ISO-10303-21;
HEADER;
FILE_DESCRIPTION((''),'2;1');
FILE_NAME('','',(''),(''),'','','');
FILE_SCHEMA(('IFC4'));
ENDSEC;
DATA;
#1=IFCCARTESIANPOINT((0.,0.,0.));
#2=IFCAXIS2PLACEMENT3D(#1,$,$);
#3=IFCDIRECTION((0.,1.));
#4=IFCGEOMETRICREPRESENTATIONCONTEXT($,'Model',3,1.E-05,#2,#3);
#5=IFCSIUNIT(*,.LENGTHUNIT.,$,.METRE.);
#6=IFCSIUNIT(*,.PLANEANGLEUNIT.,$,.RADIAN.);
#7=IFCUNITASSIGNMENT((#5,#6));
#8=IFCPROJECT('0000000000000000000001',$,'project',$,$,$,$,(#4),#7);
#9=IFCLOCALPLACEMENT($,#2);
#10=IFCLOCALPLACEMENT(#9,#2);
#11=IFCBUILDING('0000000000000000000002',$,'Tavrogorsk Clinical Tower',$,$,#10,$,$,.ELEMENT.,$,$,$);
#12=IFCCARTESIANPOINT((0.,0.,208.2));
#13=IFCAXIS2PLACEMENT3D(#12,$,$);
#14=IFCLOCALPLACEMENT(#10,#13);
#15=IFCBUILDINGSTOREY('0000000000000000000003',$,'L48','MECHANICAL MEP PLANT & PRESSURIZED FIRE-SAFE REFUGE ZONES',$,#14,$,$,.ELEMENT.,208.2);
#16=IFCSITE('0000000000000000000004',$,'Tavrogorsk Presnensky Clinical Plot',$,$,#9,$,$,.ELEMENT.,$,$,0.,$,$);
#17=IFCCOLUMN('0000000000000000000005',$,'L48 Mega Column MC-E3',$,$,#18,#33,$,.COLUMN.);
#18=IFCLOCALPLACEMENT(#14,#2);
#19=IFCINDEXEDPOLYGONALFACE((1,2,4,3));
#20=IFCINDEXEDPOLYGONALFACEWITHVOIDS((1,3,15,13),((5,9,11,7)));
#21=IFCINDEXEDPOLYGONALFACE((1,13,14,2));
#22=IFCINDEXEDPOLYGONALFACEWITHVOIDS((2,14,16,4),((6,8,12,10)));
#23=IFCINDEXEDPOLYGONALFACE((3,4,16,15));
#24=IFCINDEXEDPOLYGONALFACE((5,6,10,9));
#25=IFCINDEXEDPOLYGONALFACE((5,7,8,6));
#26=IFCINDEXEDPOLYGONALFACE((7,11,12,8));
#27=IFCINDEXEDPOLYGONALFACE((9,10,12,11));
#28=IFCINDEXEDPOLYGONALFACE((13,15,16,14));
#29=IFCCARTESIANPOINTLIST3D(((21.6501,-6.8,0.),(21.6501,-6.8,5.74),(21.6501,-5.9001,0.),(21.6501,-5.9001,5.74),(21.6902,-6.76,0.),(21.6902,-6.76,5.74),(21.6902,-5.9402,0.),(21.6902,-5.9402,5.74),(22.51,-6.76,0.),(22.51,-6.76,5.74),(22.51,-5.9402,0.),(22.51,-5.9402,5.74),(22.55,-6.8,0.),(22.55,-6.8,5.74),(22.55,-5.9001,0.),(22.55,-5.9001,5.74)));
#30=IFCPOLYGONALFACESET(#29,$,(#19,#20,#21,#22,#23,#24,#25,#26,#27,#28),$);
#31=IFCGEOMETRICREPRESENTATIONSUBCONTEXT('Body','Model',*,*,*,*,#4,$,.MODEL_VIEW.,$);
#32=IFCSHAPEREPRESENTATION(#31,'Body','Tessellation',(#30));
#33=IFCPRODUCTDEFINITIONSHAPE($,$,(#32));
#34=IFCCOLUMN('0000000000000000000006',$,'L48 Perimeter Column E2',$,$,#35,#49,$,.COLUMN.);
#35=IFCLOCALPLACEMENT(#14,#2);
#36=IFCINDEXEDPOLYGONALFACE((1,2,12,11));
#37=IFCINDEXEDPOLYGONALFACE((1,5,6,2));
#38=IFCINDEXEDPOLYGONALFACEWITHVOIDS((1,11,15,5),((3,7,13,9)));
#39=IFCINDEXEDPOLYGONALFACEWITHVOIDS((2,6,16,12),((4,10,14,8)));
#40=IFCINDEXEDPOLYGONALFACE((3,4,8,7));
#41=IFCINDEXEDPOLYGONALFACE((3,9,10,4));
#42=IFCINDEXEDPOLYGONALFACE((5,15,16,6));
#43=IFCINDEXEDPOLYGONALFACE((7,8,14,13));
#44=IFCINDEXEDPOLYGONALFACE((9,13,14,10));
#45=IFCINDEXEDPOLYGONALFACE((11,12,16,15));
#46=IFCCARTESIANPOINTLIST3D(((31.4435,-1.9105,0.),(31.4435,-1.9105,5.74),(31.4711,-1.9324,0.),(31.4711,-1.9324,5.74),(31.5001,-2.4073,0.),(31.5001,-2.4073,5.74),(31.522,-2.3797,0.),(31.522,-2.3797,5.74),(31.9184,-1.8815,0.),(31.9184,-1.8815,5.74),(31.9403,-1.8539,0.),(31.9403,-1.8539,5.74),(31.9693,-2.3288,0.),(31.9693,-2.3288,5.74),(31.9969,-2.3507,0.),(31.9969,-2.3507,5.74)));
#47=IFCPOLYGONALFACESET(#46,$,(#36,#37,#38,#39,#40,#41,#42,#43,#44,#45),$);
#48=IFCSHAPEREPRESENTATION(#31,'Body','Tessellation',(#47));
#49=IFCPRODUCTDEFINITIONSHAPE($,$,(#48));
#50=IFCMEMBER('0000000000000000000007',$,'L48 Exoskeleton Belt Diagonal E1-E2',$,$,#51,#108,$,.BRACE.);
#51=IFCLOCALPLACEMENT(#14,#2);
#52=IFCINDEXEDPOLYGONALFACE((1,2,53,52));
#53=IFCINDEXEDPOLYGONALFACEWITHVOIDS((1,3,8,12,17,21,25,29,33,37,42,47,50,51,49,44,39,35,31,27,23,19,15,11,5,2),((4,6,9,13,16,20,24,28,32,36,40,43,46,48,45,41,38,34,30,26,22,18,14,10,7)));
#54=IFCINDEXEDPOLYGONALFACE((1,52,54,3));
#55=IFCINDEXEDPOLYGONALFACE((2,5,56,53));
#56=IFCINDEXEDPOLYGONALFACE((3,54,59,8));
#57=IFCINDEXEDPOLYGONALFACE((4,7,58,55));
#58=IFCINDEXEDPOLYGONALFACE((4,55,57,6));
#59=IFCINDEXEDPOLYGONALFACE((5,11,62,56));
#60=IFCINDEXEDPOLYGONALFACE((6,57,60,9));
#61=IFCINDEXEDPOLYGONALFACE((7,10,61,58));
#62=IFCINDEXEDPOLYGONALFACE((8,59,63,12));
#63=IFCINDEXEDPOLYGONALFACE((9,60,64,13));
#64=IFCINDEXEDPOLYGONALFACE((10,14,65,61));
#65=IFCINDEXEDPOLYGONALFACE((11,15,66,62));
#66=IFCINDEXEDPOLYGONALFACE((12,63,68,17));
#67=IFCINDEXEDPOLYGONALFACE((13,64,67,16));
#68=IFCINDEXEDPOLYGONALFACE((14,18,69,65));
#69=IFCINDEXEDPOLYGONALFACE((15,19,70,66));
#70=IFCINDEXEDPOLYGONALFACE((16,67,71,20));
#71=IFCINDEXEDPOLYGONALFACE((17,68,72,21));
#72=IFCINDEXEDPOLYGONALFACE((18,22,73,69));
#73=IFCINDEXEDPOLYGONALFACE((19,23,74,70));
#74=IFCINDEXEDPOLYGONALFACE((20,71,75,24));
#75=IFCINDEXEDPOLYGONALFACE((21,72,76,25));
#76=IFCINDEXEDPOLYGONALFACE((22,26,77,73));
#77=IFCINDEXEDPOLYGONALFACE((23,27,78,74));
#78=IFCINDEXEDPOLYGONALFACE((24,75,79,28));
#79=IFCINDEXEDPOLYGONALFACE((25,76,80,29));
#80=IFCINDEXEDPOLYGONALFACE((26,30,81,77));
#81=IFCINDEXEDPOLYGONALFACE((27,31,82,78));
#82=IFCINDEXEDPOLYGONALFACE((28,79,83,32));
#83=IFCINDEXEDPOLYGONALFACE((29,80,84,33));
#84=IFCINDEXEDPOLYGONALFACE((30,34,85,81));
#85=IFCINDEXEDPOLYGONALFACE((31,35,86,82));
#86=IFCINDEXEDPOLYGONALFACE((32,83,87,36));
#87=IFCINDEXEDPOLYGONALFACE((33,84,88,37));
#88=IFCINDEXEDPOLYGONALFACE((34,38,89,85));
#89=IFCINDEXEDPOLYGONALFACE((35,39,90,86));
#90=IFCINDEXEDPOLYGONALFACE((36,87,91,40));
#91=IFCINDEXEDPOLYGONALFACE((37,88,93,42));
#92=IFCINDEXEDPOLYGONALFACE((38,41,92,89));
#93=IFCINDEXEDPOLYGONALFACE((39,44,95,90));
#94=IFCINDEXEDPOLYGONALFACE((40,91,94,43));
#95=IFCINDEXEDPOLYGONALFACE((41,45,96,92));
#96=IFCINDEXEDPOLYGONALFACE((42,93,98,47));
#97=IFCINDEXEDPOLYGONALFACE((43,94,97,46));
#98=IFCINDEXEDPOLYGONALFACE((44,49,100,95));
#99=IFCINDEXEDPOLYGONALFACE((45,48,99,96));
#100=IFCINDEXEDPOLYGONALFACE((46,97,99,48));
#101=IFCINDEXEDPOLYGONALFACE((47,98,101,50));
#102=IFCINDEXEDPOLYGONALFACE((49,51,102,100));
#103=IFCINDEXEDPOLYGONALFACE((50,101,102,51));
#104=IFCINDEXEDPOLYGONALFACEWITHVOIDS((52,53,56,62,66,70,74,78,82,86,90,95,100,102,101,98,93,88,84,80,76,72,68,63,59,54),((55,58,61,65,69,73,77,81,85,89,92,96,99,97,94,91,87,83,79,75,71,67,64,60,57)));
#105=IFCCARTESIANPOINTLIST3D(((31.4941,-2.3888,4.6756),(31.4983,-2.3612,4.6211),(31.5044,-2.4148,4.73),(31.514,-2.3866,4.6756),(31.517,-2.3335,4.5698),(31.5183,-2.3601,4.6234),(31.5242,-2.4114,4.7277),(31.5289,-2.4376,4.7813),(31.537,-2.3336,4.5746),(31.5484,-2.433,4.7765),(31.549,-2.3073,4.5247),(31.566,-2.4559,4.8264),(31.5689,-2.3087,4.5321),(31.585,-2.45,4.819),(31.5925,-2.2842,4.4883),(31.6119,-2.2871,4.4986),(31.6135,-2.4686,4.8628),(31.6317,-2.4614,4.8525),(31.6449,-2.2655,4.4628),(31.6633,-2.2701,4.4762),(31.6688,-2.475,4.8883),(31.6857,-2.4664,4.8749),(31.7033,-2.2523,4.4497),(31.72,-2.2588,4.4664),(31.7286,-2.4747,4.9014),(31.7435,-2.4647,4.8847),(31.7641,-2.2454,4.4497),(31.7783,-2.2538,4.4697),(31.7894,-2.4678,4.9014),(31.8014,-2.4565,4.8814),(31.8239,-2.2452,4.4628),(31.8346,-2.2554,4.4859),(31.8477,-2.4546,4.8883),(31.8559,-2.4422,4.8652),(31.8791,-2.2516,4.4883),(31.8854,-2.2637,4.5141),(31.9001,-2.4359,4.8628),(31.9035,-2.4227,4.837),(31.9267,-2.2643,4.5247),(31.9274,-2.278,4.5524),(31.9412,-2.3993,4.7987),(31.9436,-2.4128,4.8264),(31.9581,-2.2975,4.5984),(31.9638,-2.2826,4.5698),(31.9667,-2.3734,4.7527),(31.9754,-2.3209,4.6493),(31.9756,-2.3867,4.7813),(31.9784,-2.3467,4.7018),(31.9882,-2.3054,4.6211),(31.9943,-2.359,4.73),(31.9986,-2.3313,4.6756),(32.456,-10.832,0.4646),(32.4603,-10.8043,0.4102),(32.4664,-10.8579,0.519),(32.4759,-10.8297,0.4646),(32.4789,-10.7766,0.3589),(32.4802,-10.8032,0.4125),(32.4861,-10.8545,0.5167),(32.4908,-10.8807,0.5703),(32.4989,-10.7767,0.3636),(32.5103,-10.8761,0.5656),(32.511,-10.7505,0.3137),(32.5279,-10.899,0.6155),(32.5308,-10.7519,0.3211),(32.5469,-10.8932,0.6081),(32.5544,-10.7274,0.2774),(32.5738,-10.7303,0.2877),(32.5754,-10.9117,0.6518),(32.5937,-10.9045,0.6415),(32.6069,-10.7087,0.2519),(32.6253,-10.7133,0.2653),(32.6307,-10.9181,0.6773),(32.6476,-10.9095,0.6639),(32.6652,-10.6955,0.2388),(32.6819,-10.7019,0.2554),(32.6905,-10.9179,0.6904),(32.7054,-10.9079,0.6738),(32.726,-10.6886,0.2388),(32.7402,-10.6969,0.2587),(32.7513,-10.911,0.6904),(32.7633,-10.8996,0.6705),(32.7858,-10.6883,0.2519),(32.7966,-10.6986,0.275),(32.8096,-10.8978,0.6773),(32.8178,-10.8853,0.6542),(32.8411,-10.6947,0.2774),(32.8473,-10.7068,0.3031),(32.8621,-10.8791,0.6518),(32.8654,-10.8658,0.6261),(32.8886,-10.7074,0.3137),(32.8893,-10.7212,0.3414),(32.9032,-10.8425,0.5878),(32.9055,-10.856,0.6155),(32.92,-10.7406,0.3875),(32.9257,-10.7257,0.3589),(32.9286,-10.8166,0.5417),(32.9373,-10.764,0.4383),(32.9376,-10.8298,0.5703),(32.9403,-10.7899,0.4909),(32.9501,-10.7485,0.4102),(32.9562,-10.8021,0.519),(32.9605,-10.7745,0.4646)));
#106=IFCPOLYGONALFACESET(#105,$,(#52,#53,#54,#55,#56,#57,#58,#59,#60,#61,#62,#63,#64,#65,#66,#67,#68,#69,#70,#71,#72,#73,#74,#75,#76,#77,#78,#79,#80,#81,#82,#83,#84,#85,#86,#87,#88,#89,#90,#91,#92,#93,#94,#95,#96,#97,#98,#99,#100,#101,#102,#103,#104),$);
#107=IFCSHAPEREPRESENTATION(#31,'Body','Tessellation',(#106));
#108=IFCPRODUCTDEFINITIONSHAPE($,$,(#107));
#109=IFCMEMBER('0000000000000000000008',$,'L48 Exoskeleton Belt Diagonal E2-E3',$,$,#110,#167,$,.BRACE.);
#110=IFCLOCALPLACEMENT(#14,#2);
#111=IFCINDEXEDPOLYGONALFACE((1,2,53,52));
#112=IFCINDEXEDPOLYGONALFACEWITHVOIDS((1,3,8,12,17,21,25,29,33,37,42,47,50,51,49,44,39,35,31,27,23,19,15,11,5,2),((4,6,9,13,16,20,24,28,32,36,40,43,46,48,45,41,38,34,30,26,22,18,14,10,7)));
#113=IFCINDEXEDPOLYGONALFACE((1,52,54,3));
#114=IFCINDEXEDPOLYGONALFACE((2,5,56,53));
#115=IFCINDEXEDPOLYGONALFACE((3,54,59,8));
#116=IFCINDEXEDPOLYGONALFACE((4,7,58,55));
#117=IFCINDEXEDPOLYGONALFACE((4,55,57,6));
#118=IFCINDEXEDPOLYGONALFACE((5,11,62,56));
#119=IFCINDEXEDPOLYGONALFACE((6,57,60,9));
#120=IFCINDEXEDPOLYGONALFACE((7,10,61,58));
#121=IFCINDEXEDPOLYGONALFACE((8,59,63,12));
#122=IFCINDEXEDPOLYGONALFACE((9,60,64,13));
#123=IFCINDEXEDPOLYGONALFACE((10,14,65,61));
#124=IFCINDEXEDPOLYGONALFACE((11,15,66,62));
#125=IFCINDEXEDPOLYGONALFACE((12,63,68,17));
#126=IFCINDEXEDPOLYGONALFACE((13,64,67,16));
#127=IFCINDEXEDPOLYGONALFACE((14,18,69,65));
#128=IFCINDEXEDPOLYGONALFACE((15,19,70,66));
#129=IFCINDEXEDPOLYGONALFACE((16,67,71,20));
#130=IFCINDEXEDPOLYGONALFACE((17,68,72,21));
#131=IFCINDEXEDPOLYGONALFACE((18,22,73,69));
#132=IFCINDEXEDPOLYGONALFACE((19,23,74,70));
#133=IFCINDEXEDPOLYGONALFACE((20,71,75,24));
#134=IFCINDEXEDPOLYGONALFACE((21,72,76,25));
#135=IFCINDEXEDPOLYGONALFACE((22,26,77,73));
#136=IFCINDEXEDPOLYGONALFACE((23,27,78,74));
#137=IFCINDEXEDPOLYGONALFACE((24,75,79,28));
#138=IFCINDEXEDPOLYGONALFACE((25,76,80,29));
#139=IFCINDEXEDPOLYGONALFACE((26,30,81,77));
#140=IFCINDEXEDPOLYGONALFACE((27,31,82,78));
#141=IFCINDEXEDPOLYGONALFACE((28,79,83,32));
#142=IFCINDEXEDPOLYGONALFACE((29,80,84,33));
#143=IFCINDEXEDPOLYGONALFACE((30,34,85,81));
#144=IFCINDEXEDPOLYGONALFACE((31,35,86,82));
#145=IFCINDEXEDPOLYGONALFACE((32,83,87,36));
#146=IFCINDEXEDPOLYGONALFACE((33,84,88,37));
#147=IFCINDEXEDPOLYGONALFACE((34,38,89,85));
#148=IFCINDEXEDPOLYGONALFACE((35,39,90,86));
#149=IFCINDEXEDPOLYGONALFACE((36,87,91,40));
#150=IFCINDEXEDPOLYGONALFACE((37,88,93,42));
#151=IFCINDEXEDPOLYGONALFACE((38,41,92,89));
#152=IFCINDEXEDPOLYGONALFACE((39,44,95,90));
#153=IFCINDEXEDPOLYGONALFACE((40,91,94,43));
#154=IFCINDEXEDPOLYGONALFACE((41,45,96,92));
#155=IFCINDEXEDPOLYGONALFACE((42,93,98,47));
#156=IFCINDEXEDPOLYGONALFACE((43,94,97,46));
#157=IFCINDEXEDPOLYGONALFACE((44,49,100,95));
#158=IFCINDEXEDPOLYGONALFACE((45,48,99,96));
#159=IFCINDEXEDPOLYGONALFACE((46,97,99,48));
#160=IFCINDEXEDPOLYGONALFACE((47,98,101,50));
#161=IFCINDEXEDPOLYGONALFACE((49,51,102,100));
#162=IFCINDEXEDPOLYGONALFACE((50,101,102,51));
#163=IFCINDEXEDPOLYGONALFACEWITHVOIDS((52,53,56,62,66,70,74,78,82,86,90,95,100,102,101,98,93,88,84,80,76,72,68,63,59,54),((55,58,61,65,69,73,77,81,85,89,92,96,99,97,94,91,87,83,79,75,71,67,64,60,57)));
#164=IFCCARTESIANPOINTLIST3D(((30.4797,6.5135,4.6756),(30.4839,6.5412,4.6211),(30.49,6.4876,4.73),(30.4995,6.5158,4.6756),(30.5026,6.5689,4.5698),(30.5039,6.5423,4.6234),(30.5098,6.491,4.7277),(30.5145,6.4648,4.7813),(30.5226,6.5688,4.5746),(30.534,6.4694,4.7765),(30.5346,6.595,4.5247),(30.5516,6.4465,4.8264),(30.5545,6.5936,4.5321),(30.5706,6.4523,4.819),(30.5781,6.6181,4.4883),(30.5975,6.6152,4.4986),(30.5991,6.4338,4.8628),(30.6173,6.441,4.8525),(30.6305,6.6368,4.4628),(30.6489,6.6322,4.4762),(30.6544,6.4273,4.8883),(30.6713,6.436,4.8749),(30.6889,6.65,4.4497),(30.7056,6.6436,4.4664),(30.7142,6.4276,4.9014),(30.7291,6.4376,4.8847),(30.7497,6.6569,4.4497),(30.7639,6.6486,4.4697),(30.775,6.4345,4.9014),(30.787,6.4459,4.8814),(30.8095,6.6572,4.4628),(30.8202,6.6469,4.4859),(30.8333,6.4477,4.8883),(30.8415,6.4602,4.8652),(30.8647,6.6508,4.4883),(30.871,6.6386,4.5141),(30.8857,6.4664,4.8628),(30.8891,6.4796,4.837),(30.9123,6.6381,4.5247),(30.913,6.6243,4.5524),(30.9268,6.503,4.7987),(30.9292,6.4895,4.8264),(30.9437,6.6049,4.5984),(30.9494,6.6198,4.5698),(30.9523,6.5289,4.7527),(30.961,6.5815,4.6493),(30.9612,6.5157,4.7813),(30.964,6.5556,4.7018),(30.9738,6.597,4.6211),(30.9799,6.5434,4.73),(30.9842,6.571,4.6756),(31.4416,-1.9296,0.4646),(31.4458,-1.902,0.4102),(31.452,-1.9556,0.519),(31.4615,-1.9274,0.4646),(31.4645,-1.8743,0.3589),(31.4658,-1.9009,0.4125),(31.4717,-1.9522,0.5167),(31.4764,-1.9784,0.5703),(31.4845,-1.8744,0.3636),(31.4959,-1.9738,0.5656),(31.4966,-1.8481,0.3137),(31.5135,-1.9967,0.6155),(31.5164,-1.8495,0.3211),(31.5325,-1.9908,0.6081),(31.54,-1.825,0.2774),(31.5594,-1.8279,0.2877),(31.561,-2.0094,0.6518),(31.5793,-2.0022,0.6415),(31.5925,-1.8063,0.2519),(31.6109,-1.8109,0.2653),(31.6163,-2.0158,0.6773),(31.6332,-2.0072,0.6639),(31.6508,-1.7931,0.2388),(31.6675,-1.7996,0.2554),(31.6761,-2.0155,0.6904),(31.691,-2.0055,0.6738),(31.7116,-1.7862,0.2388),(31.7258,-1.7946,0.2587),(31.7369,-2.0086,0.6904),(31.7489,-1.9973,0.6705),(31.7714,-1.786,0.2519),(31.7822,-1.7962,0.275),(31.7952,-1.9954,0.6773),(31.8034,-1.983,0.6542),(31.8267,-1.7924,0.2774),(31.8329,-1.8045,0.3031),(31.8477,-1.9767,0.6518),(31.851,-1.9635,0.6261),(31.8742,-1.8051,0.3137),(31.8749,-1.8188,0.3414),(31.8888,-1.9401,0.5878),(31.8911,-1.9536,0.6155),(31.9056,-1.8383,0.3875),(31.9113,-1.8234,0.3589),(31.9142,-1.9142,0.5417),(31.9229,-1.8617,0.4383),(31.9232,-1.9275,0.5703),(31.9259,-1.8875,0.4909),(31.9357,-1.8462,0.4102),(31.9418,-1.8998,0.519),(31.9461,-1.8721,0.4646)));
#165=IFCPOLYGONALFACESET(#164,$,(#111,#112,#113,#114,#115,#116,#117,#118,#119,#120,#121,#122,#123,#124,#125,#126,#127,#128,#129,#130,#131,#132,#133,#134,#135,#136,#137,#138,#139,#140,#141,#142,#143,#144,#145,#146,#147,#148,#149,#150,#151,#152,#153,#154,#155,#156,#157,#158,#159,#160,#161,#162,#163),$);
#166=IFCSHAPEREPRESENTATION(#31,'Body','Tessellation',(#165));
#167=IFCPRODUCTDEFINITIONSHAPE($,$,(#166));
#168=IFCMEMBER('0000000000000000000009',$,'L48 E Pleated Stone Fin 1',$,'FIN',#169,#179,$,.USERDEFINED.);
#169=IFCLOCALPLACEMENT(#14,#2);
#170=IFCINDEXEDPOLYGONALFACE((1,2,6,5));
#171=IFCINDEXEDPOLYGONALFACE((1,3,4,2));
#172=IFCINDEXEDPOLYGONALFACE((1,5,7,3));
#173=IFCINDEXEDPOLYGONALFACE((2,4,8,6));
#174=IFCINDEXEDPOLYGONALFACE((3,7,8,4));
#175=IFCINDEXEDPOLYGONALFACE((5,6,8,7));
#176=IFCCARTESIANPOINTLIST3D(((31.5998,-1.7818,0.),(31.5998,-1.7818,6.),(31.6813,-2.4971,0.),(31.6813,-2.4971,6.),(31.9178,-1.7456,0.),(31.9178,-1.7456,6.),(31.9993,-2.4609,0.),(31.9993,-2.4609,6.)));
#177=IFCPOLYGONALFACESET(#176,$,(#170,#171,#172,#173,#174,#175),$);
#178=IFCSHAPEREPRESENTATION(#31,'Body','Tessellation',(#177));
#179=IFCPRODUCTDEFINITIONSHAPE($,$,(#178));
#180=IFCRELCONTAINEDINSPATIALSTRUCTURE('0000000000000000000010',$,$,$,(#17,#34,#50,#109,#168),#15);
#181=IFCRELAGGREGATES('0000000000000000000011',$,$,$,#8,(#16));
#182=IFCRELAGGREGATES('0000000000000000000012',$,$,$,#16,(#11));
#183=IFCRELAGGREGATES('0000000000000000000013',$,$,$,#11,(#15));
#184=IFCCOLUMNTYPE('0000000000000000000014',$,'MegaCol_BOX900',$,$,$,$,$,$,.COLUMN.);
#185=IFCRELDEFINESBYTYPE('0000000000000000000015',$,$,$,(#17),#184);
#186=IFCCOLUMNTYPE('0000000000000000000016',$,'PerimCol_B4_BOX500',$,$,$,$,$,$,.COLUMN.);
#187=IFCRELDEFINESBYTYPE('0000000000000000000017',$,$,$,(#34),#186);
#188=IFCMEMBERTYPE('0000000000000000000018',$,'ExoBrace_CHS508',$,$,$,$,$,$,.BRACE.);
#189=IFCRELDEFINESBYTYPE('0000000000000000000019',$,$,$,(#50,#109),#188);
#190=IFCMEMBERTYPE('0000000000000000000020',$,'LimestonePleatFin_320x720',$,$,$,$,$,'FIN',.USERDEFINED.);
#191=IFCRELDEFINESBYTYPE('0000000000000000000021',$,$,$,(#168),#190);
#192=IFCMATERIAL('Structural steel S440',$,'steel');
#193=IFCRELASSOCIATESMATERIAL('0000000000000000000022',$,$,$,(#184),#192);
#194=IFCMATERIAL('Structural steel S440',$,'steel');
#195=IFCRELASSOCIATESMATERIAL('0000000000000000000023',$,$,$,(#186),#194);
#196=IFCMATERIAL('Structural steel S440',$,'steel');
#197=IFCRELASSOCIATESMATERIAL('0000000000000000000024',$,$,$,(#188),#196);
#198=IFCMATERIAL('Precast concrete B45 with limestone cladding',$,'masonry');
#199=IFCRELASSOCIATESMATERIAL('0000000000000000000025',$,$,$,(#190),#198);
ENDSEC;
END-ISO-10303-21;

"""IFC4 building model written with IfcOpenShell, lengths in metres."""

from ifc_helpers import new_model, si_unit, direction, frame, origin, origin_2d, place, context, subcontext, project, spatial, rectangle, hollow_rectangle, hollow_circle, extrude, material, material_profile, profile_set, type_object, element, save


model = new_model("IFC4")

# Units and contexts
model_context = context("Model", 3, precision=1e-05, world=origin(), true_north=direction((0.0, 1.0)))
body_context = subcontext(model_context, "Body", "Model", "MODEL_VIEW")
ifc_project = project(units=[si_unit("LENGTHUNIT", "METRE"), si_unit("PLANEANGLEUNIT", "RADIAN")], contexts=[model_context])

# Site, building, storey
site_placement = place(None, origin())
site = spatial("IfcSite", under=ifc_project, at=site_placement, Name="Tavrogorsk Presnensky Clinical Plot", CompositionType="ELEMENT", RefElevation=0.0)
building_placement = place(site_placement, origin())
building = spatial("IfcBuilding", under=site, at=building_placement, Name="Tavrogorsk Clinical Tower", CompositionType="ELEMENT")
storey_placement = place(building_placement, frame((0.0, 0.0, 208.2)))
storey = spatial("IfcBuildingStorey", under=building, at=storey_placement, Name="L48", Description="MECHANICAL MEP PLANT & PRESSURIZED FIRE-SAFE REFUGE ZONES", CompositionType="ELEMENT", Elevation=208.2)

# Columns
ifc_material_1 = material(Name="Structural steel S440", Category="steel")
ifc_material_profile_1 = material_profile(ifc_material_1, hollow_rectangle(XDim=0.8999, YDim=0.8999, WallThickness=0.04, at=origin_2d()), Name="BOX-900x900x40")
ifc_profile_set_1 = profile_set([ifc_material_profile_1], Name="Structural steel S440")
column_type_1 = type_object("IfcColumnType", Name="MegaCol_BOX900", PredefinedType="COLUMN", material=ifc_profile_set_1)
column_1_placement = place(storey_placement, frame((22.1001, -6.3501, 0.0), z_axis=(0.0, 0.0, 1.0), x_axis=(1.0, 0.0, 0.0)))
element("IfcColumn", 1, at=column_1_placement, inside=storey, type_object=column_type_1, Name="L48 Mega Column MC-E3", PredefinedType="COLUMN", context=body_context, shape_type="SweptSolid", body=[
    extrude(hollow_rectangle(XDim=0.8999, YDim=0.8999, WallThickness=0.04, at=origin_2d()), origin(), (0.0, 0.0, 1.0), 5.74),
])
ifc_material_2 = material(Name="Structural steel S440", Category="steel")
ifc_material_profile_2 = material_profile(ifc_material_2, hollow_rectangle(XDim=0.5, YDim=0.5, WallThickness=0.0249, at=origin_2d()), Name="BOX-500x500x25")
ifc_profile_set_2 = profile_set([ifc_material_profile_2], Name="Structural steel S440")
column_type_2 = type_object("IfcColumnType", Name="PerimCol_B4_BOX500", PredefinedType="COLUMN", material=ifc_profile_set_2)
column_2_placement = place(storey_placement, frame((31.7202, -2.1306, 0.0), z_axis=(0.0, 0.0, 1.0), x_axis=(0.993572, 0.113203, 0.0)))
element("IfcColumn", 2, at=column_2_placement, inside=storey, type_object=column_type_2, Name="L48 Perimeter Column E2", PredefinedType="COLUMN", context=body_context, shape_type="SweptSolid", body=[
    extrude(hollow_rectangle(XDim=0.5, YDim=0.5, WallThickness=0.0249, at=origin_2d()), origin(), (0.0, 0.0, 1.0), 5.74),
])

# Members
ifc_material_3 = material(Name="Structural steel S440", Category="steel")
ifc_material_profile_3 = material_profile(ifc_material_3, hollow_circle(Radius=0.2539, WallThickness=0.02, at=origin_2d()), Name="CHS-508x20")
ifc_profile_set_3 = profile_set([ifc_material_profile_3], Name="Structural steel S440")
member_type_1 = type_object("IfcMemberType", Name="ExoBrace_CHS508", PredefinedType="BRACE", material=ifc_profile_set_3)
for number, where, z_axis, x_axis, name in (
    (3, (32.7083, -10.8032, 0.4646), (-0.101427, 0.890262, 0.444011), (-0.993573, -0.113197, 0.0), "L48 Exoskeleton Belt Diagonal E1-E2"),
    (4, (31.6938, -1.9009, 0.4646), (-0.101427, 0.890262, 0.444011), (-0.993573, -0.113197, 0.0), "L48 Exoskeleton Belt Diagonal E2-E3"),
):
    element("IfcMember", number, at=place(storey_placement, frame(where, z_axis=z_axis, x_axis=x_axis)), inside=storey, type_object=member_type_1, Name=name, PredefinedType="BRACE", context=body_context, shape_type="SweptSolid", body=[
        extrude(hollow_circle(Radius=0.2539, WallThickness=0.02, at=origin_2d()), origin(), (0.0, 0.0, 1.0), 9.4839),
    ])
ifc_material_4 = material(Name="Precast concrete B45 with limestone cladding", Category="masonry")
ifc_material_profile_4 = material_profile(ifc_material_4, rectangle(XDim=0.3201, YDim=0.72, at=origin_2d()), Name="LIMESTONE-FIN-320x720")
ifc_profile_set_4 = profile_set([ifc_material_profile_4], Name="Precast concrete B45 with limestone cladding")
member_type_2 = type_object("IfcMemberType", Name="LimestonePleatFin_320x720", ElementType="FIN", PredefinedType="USERDEFINED", material=ifc_profile_set_4)
member_placement = place(storey_placement, frame((31.7996, -2.1213, 0.0), z_axis=(0.0, 0.0, 1.0), x_axis=(0.993572, 0.113203, 0.0)))
element("IfcMember", 5, at=member_placement, inside=storey, type_object=member_type_2, Name="L48 E Pleated Stone Fin 1", ObjectType="FIN", PredefinedType="USERDEFINED", context=body_context, shape_type="SweptSolid", body=[
    extrude(rectangle(XDim=0.3201, YDim=0.72, at=origin_2d()), origin(), (0.0, 0.0, 1.0), 6.0),
])

save(model, "model.ifc")
